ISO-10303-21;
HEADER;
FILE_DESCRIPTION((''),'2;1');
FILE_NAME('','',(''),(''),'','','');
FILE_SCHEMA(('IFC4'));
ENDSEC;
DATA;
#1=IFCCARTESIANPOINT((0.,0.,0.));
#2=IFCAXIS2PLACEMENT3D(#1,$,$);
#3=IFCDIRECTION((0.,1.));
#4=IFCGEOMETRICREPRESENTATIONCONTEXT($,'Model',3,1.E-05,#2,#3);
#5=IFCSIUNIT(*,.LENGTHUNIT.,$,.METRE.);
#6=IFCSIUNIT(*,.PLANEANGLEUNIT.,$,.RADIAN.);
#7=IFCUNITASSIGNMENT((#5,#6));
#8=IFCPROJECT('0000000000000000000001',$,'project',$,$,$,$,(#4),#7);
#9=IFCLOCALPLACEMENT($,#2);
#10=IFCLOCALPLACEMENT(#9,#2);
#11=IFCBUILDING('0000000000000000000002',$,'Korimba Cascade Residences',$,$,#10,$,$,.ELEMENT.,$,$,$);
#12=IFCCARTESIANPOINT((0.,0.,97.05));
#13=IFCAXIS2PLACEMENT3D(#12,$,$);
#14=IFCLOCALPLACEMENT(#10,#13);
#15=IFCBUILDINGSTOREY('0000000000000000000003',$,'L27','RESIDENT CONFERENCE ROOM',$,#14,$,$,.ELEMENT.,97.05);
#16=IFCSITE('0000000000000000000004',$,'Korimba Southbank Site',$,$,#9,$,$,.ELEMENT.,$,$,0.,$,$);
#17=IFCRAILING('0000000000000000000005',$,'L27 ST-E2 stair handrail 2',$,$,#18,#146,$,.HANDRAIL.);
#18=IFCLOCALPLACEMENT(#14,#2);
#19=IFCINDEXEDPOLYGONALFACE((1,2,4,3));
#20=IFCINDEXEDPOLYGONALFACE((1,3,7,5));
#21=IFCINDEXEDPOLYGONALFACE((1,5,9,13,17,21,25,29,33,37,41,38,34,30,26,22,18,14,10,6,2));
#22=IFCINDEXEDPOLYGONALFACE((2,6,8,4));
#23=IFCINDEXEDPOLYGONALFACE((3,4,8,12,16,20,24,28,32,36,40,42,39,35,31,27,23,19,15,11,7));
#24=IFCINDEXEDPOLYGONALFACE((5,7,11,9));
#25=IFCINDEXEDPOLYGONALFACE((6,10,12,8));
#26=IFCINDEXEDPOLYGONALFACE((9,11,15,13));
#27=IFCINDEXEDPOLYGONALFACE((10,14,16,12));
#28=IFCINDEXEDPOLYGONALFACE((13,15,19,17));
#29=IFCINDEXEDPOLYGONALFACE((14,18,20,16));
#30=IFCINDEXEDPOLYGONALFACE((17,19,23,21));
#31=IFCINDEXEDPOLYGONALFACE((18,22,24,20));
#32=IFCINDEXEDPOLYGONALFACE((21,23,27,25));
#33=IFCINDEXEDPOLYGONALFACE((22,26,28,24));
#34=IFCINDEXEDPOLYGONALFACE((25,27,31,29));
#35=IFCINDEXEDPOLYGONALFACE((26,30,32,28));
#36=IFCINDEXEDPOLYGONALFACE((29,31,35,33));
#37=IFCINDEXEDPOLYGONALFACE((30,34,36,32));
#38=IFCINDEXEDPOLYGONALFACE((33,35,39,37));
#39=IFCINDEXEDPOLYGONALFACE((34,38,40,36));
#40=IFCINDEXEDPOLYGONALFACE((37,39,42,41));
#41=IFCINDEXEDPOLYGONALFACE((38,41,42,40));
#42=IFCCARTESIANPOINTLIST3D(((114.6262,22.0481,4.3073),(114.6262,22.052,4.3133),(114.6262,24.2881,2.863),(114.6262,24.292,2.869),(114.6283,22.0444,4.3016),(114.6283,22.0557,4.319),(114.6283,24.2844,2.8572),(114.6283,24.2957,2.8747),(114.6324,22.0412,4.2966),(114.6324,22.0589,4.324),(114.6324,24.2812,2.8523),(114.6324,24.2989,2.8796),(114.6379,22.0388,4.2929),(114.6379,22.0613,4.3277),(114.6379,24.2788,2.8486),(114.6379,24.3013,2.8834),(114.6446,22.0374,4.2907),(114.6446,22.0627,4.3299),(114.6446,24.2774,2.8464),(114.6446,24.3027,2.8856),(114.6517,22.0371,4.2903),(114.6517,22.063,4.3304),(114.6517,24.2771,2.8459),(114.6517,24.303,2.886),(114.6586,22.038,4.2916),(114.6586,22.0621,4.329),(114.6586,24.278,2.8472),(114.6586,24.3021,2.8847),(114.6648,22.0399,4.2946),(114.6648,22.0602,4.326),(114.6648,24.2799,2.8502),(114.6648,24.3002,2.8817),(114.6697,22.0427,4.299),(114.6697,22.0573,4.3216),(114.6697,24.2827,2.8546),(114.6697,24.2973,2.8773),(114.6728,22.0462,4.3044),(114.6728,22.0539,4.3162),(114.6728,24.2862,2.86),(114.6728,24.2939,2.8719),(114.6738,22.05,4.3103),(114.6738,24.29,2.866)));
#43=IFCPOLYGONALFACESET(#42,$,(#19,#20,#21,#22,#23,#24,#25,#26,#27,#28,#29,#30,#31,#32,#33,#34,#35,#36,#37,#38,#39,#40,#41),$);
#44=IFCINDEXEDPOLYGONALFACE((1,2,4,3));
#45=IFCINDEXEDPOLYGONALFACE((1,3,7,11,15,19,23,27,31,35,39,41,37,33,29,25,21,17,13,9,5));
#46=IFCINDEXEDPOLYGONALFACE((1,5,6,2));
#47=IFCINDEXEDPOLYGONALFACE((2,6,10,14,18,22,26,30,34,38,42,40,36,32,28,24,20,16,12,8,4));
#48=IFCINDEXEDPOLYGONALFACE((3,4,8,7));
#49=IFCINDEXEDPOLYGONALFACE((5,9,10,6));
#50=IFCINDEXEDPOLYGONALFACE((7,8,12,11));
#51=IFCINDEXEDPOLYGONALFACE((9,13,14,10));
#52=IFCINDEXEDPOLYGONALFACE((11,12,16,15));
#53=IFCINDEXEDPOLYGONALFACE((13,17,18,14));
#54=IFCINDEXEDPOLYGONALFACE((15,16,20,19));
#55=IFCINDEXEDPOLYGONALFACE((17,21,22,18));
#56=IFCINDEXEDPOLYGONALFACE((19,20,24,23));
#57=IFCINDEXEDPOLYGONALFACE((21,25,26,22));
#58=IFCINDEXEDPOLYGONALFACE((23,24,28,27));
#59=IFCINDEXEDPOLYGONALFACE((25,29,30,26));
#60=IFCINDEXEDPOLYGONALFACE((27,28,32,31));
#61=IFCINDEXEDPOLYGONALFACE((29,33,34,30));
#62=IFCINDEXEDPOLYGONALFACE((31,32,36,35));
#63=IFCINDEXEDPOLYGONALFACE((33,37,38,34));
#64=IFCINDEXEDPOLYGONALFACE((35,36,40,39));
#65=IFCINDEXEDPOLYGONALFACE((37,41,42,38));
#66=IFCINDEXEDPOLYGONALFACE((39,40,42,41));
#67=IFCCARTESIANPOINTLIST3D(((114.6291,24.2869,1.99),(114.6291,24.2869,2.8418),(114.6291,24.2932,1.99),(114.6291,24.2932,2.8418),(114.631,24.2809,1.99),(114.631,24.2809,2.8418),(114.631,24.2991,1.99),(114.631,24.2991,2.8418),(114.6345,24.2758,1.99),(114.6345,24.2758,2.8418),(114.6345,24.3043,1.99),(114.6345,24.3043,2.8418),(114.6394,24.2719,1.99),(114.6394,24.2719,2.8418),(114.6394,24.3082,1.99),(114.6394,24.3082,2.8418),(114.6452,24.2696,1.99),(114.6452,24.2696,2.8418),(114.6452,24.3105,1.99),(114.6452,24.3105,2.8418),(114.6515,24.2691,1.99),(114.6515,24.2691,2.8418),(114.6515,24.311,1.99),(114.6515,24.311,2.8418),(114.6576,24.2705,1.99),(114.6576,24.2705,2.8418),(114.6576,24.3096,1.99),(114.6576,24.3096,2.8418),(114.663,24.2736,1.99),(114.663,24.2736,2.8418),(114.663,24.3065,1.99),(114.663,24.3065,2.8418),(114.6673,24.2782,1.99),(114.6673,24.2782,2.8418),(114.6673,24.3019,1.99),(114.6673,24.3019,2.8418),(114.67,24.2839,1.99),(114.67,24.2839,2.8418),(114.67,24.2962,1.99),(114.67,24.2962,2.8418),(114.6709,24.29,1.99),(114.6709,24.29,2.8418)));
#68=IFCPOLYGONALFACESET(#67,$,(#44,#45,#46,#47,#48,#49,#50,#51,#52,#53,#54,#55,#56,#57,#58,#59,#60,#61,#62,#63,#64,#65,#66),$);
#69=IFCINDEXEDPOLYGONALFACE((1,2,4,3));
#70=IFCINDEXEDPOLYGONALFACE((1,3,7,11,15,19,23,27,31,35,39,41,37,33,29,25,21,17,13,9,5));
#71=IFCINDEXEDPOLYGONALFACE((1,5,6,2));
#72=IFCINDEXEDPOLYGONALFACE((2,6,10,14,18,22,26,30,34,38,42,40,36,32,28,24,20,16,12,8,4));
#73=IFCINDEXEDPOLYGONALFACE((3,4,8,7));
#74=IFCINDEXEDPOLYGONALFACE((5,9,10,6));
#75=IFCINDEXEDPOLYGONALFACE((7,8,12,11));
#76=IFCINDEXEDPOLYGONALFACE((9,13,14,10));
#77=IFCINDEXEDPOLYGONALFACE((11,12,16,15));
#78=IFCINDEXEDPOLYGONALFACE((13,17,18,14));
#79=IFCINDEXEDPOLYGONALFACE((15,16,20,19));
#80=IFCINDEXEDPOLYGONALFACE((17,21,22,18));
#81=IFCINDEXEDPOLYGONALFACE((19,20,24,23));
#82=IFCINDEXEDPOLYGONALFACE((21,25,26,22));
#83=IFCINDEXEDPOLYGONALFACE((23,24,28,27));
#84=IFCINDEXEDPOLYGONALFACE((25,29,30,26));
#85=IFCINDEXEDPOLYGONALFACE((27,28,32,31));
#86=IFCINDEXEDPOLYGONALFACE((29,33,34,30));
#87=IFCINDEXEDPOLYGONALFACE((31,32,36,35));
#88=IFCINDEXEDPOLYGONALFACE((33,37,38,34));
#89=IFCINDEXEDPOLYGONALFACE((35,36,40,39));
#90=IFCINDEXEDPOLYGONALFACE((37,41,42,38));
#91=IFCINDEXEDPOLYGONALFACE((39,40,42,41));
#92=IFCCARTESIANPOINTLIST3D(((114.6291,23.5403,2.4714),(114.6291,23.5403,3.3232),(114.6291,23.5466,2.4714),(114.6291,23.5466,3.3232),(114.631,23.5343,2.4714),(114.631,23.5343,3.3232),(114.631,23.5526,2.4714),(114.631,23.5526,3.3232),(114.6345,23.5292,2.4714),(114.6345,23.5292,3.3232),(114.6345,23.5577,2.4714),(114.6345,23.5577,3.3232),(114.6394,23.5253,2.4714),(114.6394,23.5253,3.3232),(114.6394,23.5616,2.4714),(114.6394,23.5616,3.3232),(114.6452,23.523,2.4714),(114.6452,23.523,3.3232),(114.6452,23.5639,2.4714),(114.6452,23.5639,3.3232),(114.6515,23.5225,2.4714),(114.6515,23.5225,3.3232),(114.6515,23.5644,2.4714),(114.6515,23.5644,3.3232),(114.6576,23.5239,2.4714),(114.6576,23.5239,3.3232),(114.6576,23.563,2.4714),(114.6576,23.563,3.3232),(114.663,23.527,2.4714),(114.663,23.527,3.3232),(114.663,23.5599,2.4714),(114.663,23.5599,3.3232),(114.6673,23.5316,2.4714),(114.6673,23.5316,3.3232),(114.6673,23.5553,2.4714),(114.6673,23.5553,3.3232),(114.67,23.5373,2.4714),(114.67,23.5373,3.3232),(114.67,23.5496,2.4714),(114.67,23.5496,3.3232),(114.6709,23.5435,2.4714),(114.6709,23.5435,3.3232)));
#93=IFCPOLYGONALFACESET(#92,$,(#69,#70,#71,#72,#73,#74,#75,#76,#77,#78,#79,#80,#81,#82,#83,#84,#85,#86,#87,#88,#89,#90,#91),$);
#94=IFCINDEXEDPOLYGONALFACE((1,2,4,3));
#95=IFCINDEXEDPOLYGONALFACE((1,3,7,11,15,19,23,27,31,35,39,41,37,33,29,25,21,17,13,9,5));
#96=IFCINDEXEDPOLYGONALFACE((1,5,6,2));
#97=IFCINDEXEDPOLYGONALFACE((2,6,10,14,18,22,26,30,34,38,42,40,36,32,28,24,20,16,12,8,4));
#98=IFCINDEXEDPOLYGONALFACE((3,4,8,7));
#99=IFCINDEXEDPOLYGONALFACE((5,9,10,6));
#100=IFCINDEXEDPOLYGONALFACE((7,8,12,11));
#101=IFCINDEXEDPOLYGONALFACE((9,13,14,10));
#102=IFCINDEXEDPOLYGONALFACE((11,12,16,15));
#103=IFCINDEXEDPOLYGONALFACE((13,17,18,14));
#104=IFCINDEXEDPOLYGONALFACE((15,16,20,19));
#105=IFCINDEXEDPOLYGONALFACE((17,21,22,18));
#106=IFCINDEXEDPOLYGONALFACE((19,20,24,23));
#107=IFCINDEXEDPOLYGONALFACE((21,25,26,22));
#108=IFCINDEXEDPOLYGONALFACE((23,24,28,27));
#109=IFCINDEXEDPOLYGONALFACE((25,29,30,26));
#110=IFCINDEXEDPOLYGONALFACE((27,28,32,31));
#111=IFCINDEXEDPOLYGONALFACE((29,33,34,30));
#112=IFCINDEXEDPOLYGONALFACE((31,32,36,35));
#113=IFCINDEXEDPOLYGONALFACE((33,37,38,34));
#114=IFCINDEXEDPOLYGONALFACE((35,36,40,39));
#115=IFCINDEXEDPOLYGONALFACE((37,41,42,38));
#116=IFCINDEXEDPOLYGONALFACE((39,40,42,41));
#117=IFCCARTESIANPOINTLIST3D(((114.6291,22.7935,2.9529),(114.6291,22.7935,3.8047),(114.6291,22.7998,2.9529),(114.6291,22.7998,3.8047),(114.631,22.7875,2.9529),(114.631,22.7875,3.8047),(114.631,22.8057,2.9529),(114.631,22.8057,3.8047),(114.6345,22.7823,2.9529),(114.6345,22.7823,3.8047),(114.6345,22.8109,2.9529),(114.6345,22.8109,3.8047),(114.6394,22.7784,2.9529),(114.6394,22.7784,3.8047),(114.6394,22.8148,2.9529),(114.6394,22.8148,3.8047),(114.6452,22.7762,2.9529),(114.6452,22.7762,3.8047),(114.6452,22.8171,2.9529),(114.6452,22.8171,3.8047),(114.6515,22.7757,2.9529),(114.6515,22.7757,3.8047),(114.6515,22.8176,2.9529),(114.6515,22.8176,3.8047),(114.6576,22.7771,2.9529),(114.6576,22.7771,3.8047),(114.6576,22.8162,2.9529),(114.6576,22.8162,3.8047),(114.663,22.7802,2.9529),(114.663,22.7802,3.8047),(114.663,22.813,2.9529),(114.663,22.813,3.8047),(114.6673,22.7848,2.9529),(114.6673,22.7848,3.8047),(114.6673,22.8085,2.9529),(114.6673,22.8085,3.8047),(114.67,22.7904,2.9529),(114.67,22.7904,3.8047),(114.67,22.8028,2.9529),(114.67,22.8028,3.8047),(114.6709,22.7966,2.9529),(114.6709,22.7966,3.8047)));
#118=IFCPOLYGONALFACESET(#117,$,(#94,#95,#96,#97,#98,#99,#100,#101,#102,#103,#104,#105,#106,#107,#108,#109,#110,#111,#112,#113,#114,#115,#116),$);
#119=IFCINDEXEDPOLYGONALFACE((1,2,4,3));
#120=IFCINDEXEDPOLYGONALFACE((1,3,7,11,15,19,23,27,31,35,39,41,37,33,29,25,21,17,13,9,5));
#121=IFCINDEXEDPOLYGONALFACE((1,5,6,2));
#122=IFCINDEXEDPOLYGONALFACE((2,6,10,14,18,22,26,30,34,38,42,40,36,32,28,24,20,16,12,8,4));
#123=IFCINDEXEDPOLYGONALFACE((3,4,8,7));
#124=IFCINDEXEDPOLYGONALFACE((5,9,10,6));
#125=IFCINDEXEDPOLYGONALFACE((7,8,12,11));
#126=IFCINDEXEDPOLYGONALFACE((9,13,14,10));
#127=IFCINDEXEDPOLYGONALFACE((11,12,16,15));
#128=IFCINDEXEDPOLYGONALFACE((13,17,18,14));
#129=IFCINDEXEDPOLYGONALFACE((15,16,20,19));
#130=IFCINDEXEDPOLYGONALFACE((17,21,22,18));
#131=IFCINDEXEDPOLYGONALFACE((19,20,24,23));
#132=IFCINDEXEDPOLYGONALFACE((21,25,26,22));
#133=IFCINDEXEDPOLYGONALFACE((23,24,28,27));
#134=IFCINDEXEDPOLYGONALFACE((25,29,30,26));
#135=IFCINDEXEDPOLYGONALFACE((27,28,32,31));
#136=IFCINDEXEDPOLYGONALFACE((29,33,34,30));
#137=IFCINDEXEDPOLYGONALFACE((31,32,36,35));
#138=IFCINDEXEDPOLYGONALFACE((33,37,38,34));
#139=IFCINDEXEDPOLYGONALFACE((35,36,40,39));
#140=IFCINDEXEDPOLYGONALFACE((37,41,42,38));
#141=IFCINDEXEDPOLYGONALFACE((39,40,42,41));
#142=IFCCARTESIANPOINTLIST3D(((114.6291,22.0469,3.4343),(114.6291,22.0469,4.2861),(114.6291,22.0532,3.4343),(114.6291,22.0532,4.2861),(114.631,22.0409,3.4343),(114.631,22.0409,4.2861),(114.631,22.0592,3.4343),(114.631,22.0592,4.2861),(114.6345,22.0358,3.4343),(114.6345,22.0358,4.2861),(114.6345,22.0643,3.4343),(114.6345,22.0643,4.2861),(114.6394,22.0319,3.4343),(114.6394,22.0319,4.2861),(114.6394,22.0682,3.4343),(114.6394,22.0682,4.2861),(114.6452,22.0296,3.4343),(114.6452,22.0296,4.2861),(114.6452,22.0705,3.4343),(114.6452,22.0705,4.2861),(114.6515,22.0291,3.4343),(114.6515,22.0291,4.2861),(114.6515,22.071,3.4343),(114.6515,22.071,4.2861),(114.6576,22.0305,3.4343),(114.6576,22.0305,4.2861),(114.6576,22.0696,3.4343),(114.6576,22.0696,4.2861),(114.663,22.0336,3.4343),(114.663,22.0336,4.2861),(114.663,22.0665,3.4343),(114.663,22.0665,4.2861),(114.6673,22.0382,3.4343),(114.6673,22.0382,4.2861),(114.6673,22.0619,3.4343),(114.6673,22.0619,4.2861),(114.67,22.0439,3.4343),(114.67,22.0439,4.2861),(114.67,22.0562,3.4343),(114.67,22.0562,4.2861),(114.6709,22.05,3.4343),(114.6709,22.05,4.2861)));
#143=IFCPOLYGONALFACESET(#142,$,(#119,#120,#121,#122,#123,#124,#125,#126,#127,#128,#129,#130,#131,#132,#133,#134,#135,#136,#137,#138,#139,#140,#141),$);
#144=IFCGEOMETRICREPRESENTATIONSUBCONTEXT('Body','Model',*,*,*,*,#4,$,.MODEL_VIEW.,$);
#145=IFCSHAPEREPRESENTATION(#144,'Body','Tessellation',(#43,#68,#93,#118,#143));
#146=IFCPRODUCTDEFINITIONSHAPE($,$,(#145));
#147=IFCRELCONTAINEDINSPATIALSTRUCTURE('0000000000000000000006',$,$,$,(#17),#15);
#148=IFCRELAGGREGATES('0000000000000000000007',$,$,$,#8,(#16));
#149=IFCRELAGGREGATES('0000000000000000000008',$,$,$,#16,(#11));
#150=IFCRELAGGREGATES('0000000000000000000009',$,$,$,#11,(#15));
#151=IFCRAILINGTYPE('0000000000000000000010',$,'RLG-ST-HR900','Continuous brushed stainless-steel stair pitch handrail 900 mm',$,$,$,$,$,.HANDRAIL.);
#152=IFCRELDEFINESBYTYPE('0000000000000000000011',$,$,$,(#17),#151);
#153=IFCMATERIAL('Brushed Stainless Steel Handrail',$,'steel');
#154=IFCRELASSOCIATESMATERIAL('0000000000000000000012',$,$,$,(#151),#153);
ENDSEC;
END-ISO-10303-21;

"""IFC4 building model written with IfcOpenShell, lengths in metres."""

from ifc_helpers import new_model, si_unit, direction, frame, origin, origin_2d, place, context, subcontext, project, spatial, circle, extrude, material, type_object, element, save


model = new_model("IFC4")

# Units and contexts
model_context = context("Model", 3, precision=1e-05, world=origin(), true_north=direction((0.0, 1.0)))
body_context = subcontext(model_context, "Body", "Model", "MODEL_VIEW")
ifc_project = project(units=[si_unit("LENGTHUNIT", "METRE"), si_unit("PLANEANGLEUNIT", "RADIAN")], contexts=[model_context])

# Site, building, storey
site_placement = place(None, origin())
site = spatial("IfcSite", under=ifc_project, at=site_placement, Name="Korimba Southbank Site", CompositionType="ELEMENT", RefElevation=0.0)
building_placement = place(site_placement, origin())
building = spatial("IfcBuilding", under=site, at=building_placement, Name="Korimba Cascade Residences", CompositionType="ELEMENT")
storey_placement = place(building_placement, frame((0.0, 0.0, 97.05)))
storey = spatial("IfcBuildingStorey", under=building, at=storey_placement, Name="L27", Description="RESIDENT CONFERENCE ROOM", CompositionType="ELEMENT", Elevation=97.05)

# Railing
ifc_material_1 = material(Name="Brushed Stainless Steel Handrail", Category="steel")
railing_type_1 = type_object("IfcRailingType", Name="RLG-ST-HR900", Description="Continuous brushed stainless-steel stair pitch handrail 900 mm", PredefinedType="HANDRAIL", material=ifc_material_1)
railing_1_placement = place(storey_placement, frame((114.6499, 24.29, 1.99)))
element("IfcRailing", 1, at=railing_1_placement, inside=storey, type_object=railing_type_1, Name="L27 ST-E2 stair handrail 2", PredefinedType="HANDRAIL", context=body_context, shape_type="SweptSolid", body=[
    extrude(circle(Radius=0.0239, at=origin_2d()), frame((0.0, 0.0, 0.876), z_axis=(0.0, -0.840437, 0.54191), x_axis=(1.0, 0.0, 0.0)), (0.0, 0.0, 1.0), 2.6653),
    extrude(circle(Radius=0.021, at=origin_2d()), origin(), (0.0, 0.0, 1.0), 0.8518),
    extrude(circle(Radius=0.021, at=origin_2d()), frame((0.0, -0.7466, 0.4814)), (0.0, 0.0, 1.0), 0.8518),
    extrude(circle(Radius=0.021, at=origin_2d()), frame((0.0, -1.4934, 0.9629)), (0.0, 0.0, 1.0), 0.8518),
    extrude(circle(Radius=0.021, at=origin_2d()), frame((0.0, -2.24, 1.4443)), (0.0, 0.0, 1.0), 0.8518),
])

save(model, "model.ifc")
